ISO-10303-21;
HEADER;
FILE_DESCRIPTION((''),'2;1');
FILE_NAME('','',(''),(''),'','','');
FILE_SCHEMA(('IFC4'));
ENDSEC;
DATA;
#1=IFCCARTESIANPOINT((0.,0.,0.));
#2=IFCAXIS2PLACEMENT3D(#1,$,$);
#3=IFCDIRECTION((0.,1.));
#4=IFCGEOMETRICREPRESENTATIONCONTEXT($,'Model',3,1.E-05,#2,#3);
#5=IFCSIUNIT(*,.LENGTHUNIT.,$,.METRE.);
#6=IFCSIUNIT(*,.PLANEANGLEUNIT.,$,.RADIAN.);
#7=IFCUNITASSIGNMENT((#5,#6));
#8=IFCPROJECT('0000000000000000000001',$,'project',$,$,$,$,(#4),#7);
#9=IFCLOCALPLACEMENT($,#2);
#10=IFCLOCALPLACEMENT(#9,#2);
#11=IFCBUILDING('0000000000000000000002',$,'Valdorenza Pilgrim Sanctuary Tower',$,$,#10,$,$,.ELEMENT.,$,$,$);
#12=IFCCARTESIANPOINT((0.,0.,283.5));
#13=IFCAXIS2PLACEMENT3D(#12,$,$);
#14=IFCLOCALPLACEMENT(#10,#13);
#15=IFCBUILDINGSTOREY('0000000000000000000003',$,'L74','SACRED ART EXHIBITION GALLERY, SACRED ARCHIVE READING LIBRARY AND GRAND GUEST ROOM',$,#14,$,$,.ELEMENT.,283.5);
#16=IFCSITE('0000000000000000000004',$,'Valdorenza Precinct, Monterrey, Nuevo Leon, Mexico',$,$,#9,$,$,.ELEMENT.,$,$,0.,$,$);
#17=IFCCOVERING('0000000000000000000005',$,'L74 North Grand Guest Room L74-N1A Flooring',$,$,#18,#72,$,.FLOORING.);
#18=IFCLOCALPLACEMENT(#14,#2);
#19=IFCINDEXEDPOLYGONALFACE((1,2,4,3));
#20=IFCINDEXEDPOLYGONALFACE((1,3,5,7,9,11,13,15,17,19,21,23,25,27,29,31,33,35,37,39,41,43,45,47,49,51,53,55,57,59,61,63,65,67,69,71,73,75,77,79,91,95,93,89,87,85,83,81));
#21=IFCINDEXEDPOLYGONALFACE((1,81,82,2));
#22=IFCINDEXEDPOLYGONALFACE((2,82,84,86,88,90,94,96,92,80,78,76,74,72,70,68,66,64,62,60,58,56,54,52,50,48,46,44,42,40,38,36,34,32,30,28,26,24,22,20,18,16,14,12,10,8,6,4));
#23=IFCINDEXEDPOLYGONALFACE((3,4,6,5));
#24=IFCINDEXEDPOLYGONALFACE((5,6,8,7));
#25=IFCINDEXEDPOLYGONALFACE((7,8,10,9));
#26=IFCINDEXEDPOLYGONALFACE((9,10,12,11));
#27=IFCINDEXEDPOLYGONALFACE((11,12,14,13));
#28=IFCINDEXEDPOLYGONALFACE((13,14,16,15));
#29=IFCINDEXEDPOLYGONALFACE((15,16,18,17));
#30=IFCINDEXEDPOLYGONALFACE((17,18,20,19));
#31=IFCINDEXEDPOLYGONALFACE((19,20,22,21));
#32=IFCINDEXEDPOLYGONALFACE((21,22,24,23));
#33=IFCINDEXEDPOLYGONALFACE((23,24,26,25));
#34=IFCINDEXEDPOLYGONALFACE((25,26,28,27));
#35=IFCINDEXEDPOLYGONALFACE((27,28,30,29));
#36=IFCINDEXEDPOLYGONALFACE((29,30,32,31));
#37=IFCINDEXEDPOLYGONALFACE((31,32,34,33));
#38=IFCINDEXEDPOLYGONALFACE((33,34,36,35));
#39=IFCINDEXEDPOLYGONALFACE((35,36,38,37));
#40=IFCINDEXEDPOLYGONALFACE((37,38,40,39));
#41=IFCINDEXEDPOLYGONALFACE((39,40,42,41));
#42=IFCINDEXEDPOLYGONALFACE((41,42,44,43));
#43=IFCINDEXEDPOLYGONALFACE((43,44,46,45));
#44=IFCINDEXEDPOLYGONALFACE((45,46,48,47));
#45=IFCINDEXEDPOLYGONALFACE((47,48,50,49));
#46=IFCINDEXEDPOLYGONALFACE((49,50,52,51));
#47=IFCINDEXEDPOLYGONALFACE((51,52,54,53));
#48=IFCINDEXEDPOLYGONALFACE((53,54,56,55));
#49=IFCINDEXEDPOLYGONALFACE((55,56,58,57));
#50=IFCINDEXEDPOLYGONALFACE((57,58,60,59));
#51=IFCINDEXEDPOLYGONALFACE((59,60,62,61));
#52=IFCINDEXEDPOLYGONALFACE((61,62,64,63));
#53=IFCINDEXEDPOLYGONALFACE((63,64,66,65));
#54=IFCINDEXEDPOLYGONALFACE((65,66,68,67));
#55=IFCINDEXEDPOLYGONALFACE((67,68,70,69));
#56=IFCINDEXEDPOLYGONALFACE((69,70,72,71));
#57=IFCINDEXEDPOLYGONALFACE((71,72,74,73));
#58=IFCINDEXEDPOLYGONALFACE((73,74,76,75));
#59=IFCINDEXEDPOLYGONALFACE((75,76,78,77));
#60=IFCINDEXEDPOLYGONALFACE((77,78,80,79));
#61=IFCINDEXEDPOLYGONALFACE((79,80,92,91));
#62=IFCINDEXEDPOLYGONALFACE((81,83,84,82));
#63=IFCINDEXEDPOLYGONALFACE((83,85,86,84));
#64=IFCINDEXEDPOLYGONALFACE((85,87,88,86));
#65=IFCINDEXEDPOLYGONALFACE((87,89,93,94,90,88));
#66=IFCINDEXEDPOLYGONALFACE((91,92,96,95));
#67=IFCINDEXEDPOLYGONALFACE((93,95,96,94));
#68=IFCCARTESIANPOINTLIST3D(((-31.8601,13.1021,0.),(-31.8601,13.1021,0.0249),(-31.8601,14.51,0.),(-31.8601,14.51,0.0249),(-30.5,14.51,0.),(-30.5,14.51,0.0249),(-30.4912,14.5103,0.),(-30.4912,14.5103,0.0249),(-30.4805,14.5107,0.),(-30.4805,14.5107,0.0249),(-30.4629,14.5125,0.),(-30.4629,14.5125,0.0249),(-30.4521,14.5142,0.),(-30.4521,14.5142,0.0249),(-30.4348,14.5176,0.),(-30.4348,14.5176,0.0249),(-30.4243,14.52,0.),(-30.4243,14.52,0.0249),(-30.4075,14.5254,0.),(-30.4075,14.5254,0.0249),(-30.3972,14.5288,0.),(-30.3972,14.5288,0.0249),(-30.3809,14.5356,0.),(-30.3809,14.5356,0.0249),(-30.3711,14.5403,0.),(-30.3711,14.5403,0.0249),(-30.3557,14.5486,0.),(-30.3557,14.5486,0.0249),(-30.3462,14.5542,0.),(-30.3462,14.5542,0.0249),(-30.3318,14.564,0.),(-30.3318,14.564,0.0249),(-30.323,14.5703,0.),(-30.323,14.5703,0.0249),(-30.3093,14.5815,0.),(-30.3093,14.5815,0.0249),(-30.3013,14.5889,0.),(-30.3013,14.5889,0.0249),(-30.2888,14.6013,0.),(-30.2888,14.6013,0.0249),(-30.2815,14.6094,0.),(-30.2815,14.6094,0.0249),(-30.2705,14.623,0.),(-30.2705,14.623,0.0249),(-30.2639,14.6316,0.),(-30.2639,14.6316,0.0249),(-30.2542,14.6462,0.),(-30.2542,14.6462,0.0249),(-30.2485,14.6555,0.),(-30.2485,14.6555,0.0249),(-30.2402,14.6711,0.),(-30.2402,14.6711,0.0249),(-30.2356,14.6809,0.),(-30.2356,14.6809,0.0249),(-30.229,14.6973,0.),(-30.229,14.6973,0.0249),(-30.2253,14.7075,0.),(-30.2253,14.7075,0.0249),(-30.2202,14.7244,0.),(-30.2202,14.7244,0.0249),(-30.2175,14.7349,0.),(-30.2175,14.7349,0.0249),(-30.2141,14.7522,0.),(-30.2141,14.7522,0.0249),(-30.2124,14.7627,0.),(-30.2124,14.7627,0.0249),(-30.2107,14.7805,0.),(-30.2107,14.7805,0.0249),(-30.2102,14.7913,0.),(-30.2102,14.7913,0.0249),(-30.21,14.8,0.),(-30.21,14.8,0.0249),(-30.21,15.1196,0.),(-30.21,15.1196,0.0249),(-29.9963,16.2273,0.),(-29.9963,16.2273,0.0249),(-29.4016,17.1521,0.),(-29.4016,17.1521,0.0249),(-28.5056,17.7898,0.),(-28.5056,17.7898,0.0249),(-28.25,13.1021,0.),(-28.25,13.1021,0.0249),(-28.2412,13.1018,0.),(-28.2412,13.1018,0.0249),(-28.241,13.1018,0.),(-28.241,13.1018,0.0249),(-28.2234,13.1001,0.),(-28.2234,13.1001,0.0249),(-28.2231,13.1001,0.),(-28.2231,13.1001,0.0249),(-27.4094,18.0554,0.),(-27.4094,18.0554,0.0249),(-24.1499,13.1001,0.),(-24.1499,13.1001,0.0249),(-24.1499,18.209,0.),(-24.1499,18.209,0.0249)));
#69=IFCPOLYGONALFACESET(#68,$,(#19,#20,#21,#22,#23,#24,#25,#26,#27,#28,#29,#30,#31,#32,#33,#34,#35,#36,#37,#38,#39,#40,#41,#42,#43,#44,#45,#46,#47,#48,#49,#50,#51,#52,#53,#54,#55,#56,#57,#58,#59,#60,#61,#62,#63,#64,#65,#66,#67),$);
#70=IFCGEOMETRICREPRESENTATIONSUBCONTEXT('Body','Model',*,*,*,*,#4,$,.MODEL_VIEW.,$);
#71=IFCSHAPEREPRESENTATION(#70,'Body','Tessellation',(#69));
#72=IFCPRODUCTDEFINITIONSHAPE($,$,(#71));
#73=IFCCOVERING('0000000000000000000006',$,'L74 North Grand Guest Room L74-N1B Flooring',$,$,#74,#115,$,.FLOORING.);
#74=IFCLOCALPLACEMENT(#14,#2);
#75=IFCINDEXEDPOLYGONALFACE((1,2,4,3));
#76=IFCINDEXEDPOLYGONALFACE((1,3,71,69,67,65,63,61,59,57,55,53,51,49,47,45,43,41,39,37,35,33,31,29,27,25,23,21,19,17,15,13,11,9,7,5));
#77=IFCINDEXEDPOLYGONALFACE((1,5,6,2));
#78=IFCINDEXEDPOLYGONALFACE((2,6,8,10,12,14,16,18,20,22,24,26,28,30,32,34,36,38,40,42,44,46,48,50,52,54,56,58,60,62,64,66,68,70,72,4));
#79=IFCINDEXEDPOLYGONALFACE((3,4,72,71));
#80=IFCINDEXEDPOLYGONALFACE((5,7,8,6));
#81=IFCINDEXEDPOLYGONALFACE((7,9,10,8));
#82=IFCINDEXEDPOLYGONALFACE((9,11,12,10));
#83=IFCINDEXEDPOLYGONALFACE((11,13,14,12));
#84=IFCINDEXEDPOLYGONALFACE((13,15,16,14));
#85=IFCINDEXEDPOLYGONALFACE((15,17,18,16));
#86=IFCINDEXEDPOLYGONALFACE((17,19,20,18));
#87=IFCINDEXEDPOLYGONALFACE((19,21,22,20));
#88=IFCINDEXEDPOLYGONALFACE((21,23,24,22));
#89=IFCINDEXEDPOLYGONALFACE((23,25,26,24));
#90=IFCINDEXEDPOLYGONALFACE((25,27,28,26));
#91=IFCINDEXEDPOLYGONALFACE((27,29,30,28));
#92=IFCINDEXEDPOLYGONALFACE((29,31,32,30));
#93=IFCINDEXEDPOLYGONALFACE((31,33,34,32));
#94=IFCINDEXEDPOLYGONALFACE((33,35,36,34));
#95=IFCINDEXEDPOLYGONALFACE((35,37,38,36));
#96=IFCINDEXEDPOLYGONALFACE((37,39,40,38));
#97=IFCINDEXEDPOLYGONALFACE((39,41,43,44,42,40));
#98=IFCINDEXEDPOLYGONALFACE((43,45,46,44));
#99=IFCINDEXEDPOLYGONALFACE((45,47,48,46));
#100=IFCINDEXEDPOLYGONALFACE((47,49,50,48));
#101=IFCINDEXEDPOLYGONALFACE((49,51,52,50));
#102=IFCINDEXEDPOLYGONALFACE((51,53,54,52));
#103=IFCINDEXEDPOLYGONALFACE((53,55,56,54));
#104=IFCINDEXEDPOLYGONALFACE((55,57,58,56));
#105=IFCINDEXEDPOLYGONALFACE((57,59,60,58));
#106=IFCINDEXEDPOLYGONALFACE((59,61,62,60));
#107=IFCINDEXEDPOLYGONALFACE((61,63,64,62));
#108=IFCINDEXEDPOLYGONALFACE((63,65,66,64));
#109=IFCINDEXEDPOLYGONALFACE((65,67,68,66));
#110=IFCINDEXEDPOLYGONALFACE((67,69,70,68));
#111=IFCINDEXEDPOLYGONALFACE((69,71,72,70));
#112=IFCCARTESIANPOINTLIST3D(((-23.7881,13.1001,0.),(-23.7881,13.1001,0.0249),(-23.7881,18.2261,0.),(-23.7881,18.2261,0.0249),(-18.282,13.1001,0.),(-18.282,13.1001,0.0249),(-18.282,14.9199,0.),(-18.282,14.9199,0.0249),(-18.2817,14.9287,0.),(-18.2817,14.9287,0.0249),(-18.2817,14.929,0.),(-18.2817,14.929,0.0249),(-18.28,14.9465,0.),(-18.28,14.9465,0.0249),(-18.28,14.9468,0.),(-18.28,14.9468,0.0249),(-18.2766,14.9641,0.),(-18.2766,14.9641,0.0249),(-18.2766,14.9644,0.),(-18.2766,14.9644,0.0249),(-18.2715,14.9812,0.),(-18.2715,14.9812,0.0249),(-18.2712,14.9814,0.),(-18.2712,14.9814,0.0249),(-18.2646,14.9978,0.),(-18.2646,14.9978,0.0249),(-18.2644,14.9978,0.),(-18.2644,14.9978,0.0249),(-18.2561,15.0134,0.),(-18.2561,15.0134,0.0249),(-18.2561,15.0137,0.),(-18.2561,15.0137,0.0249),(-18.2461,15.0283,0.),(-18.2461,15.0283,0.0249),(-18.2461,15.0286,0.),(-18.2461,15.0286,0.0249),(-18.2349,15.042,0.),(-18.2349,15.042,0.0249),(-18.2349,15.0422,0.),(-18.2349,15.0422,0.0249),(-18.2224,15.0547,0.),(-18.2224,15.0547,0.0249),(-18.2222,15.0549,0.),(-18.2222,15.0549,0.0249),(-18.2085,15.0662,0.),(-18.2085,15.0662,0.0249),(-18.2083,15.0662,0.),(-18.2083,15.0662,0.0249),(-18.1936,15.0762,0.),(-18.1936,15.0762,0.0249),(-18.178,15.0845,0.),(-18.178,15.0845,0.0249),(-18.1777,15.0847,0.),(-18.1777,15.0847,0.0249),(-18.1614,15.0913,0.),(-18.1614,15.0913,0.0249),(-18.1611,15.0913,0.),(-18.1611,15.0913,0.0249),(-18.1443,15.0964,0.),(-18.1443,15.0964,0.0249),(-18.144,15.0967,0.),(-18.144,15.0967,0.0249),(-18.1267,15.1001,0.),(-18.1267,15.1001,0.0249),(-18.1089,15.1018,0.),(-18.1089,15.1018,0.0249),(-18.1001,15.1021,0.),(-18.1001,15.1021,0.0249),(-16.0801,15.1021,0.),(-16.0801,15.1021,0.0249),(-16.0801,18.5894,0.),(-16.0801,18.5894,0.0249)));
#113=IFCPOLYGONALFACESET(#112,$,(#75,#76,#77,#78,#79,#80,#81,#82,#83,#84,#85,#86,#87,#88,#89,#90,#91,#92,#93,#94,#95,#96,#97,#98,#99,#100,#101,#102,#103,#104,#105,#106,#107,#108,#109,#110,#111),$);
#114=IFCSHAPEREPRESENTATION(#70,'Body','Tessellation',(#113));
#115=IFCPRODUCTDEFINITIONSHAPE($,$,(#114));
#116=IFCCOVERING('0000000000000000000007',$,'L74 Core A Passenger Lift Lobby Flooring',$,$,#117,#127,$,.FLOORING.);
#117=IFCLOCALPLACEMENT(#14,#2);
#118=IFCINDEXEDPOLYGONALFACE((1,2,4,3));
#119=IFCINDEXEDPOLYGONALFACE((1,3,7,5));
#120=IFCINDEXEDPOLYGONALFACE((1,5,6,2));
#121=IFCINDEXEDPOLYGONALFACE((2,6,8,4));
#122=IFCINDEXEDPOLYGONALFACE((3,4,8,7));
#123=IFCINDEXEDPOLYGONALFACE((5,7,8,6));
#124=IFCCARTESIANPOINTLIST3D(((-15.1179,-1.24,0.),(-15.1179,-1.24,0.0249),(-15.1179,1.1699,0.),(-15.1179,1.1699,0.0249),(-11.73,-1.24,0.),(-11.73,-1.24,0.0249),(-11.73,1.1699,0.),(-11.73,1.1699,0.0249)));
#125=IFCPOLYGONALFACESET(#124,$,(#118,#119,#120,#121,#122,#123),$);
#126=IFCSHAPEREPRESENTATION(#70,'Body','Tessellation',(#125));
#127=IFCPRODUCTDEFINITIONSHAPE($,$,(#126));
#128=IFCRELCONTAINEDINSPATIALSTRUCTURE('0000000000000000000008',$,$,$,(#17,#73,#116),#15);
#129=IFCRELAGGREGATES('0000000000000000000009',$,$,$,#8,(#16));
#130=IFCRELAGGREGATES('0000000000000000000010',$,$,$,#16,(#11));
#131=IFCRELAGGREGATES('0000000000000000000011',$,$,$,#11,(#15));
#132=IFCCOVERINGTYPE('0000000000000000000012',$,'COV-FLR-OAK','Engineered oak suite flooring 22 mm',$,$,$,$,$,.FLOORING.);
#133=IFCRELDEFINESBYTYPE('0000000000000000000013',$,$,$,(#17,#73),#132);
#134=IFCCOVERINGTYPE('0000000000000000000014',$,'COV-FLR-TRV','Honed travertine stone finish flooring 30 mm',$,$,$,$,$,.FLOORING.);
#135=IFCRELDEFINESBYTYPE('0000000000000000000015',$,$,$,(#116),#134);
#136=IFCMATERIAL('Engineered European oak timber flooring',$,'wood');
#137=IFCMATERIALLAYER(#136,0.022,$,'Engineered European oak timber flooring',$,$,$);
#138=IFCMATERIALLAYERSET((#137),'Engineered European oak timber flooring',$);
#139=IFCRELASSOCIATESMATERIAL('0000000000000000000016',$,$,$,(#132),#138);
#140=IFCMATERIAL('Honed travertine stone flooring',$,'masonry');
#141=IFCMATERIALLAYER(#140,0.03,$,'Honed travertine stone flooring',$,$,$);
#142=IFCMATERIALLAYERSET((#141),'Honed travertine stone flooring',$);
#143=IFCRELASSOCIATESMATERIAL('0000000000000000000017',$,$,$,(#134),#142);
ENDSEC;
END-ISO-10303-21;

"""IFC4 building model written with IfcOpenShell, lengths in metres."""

from ifc_helpers import new_model, si_unit, direction, frame, origin, place, context, subcontext, project, spatial, polyline, outline, extrude, material, layer, layer_set, type_object, element, save


model = new_model("IFC4")

# Units and contexts
model_context = context("Model", 3, precision=1e-05, world=origin(), true_north=direction((0.0, 1.0)))
body_context = subcontext(model_context, "Body", "Model", "MODEL_VIEW")
ifc_project = project(units=[si_unit("LENGTHUNIT", "METRE"), si_unit("PLANEANGLEUNIT", "RADIAN")], contexts=[model_context])

# Site, building, storey
site_placement = place(None, origin())
site = spatial("IfcSite", under=ifc_project, at=site_placement, Name="Valdorenza Precinct, Monterrey, Nuevo Leon, Mexico", CompositionType="ELEMENT", RefElevation=0.0)
building_placement = place(site_placement, origin())
building = spatial("IfcBuilding", under=site, at=building_placement, Name="Valdorenza Pilgrim Sanctuary Tower", CompositionType="ELEMENT")
storey_placement = place(building_placement, frame((0.0, 0.0, 283.5)))
storey = spatial("IfcBuildingStorey", under=building, at=storey_placement, Name="L74", Description="SACRED ART EXHIBITION GALLERY, SACRED ARCHIVE READING LIBRARY AND GRAND GUEST ROOM", CompositionType="ELEMENT", Elevation=283.5)

# Coverings
ifc_material_1 = material(Name="Engineered European oak timber flooring", Category="wood")
ifc_layer_1 = layer(ifc_material_1, 0.022, Name="Engineered European oak timber flooring")
ifc_layer_set_1 = layer_set([ifc_layer_1], Name="Engineered European oak timber flooring")
covering_type_1 = type_object("IfcCoveringType", Name="COV-FLR-OAK", Description="Engineered oak suite flooring 22 mm", PredefinedType="FLOORING", material=ifc_layer_set_1)
covering_1_placement = place(storey_placement, origin())
element("IfcCovering", 1, at=covering_1_placement, inside=storey, type_object=covering_type_1, Name="L74 North Grand Guest Room L74-N1A Flooring", PredefinedType="FLOORING", context=body_context, shape_type="SweptSolid", body=[
    extrude(outline(polyline([(-30.5, 14.51), (-30.4912, 14.5103), (-30.4805, 14.5107), (-30.4629, 14.5125), (-30.4521, 14.5142), (-30.4348, 14.5176), (-30.4243, 14.52), (-30.4075, 14.5254), (-30.3972, 14.5288), (-30.3809, 14.5356), (-30.3711, 14.5403), (-30.3557, 14.5486), (-30.3462, 14.5542), (-30.3318, 14.564), (-30.323, 14.5703), (-30.3093, 14.5815), (-30.3013, 14.5889), (-30.2888, 14.6013), (-30.2815, 14.6094), (-30.2705, 14.623), (-30.2639, 14.6316), (-30.2542, 14.6462), (-30.2485, 14.6555), (-30.2402, 14.6711), (-30.2356, 14.6809), (-30.229, 14.6973), (-30.2253, 14.7075), (-30.2202, 14.7244), (-30.2175, 14.7349), (-30.2141, 14.7522), (-30.2124, 14.7627), (-30.2107, 14.7805), (-30.2102, 14.7913), (-30.21, 14.8), (-30.21, 15.1196), (-29.9963, 16.2273), (-29.4016, 17.1521), (-28.5056, 17.7898), (-27.4094, 18.0554), (-24.1499, 18.209), (-24.1499, 13.1001), (-28.2231, 13.1001), (-28.2231, 13.1001), (-28.2234, 13.1001), (-28.241, 13.1018), (-28.2412, 13.1018), (-28.25, 13.1021), (-31.8601, 13.1021), (-31.8601, 14.51), (-30.5, 14.51)])), origin(), (0.0, 0.0, 1.0), 0.0249),
])
covering_2_placement = place(storey_placement, origin())
element("IfcCovering", 2, at=covering_2_placement, inside=storey, type_object=covering_type_1, Name="L74 North Grand Guest Room L74-N1B Flooring", PredefinedType="FLOORING", context=body_context, shape_type="SweptSolid", body=[
    extrude(outline(polyline([(-16.0801, 18.5894), (-16.0801, 15.1021), (-18.1001, 15.1021), (-18.1089, 15.1018), (-18.1089, 15.1018), (-18.1267, 15.1001), (-18.1267, 15.1001), (-18.144, 15.0967), (-18.1443, 15.0964), (-18.1611, 15.0913), (-18.1614, 15.0913), (-18.1777, 15.0847), (-18.178, 15.0845), (-18.1936, 15.0762), (-18.1936, 15.0762), (-18.2083, 15.0662), (-18.2085, 15.0662), (-18.2222, 15.0549), (-18.2224, 15.0547), (-18.2349, 15.0422), (-18.2349, 15.042), (-18.2461, 15.0286), (-18.2461, 15.0283), (-18.2561, 15.0137), (-18.2561, 15.0134), (-18.2644, 14.9978), (-18.2646, 14.9978), (-18.2712, 14.9814), (-18.2715, 14.9812), (-18.2766, 14.9644), (-18.2766, 14.9641), (-18.28, 14.9468), (-18.28, 14.9465), (-18.2817, 14.929), (-18.2817, 14.9287), (-18.282, 14.9199), (-18.282, 13.1001), (-23.7881, 13.1001), (-23.7881, 18.2261), (-16.0801, 18.5894)])), origin(), (0.0, 0.0, 1.0), 0.0249),
])
ifc_material_2 = material(Name="Honed travertine stone flooring", Category="masonry")
ifc_layer_2 = layer(ifc_material_2, 0.03, Name="Honed travertine stone flooring")
ifc_layer_set_2 = layer_set([ifc_layer_2], Name="Honed travertine stone flooring")
covering_type_2 = type_object("IfcCoveringType", Name="COV-FLR-TRV", Description="Honed travertine stone finish flooring 30 mm", PredefinedType="FLOORING", material=ifc_layer_set_2)
covering_3_placement = place(storey_placement, origin())
element("IfcCovering", 3, at=covering_3_placement, inside=storey, type_object=covering_type_2, Name="L74 Core A Passenger Lift Lobby Flooring", PredefinedType="FLOORING", context=body_context, shape_type="SweptSolid", body=[
    extrude(outline(polyline([(-15.1179, 1.1699), (-11.73, 1.1699), (-11.73, -1.24), (-15.1179, -1.24), (-15.1179, 1.1699)])), origin(), (0.0, 0.0, 1.0), 0.0249),
])

save(model, "model.ifc")
